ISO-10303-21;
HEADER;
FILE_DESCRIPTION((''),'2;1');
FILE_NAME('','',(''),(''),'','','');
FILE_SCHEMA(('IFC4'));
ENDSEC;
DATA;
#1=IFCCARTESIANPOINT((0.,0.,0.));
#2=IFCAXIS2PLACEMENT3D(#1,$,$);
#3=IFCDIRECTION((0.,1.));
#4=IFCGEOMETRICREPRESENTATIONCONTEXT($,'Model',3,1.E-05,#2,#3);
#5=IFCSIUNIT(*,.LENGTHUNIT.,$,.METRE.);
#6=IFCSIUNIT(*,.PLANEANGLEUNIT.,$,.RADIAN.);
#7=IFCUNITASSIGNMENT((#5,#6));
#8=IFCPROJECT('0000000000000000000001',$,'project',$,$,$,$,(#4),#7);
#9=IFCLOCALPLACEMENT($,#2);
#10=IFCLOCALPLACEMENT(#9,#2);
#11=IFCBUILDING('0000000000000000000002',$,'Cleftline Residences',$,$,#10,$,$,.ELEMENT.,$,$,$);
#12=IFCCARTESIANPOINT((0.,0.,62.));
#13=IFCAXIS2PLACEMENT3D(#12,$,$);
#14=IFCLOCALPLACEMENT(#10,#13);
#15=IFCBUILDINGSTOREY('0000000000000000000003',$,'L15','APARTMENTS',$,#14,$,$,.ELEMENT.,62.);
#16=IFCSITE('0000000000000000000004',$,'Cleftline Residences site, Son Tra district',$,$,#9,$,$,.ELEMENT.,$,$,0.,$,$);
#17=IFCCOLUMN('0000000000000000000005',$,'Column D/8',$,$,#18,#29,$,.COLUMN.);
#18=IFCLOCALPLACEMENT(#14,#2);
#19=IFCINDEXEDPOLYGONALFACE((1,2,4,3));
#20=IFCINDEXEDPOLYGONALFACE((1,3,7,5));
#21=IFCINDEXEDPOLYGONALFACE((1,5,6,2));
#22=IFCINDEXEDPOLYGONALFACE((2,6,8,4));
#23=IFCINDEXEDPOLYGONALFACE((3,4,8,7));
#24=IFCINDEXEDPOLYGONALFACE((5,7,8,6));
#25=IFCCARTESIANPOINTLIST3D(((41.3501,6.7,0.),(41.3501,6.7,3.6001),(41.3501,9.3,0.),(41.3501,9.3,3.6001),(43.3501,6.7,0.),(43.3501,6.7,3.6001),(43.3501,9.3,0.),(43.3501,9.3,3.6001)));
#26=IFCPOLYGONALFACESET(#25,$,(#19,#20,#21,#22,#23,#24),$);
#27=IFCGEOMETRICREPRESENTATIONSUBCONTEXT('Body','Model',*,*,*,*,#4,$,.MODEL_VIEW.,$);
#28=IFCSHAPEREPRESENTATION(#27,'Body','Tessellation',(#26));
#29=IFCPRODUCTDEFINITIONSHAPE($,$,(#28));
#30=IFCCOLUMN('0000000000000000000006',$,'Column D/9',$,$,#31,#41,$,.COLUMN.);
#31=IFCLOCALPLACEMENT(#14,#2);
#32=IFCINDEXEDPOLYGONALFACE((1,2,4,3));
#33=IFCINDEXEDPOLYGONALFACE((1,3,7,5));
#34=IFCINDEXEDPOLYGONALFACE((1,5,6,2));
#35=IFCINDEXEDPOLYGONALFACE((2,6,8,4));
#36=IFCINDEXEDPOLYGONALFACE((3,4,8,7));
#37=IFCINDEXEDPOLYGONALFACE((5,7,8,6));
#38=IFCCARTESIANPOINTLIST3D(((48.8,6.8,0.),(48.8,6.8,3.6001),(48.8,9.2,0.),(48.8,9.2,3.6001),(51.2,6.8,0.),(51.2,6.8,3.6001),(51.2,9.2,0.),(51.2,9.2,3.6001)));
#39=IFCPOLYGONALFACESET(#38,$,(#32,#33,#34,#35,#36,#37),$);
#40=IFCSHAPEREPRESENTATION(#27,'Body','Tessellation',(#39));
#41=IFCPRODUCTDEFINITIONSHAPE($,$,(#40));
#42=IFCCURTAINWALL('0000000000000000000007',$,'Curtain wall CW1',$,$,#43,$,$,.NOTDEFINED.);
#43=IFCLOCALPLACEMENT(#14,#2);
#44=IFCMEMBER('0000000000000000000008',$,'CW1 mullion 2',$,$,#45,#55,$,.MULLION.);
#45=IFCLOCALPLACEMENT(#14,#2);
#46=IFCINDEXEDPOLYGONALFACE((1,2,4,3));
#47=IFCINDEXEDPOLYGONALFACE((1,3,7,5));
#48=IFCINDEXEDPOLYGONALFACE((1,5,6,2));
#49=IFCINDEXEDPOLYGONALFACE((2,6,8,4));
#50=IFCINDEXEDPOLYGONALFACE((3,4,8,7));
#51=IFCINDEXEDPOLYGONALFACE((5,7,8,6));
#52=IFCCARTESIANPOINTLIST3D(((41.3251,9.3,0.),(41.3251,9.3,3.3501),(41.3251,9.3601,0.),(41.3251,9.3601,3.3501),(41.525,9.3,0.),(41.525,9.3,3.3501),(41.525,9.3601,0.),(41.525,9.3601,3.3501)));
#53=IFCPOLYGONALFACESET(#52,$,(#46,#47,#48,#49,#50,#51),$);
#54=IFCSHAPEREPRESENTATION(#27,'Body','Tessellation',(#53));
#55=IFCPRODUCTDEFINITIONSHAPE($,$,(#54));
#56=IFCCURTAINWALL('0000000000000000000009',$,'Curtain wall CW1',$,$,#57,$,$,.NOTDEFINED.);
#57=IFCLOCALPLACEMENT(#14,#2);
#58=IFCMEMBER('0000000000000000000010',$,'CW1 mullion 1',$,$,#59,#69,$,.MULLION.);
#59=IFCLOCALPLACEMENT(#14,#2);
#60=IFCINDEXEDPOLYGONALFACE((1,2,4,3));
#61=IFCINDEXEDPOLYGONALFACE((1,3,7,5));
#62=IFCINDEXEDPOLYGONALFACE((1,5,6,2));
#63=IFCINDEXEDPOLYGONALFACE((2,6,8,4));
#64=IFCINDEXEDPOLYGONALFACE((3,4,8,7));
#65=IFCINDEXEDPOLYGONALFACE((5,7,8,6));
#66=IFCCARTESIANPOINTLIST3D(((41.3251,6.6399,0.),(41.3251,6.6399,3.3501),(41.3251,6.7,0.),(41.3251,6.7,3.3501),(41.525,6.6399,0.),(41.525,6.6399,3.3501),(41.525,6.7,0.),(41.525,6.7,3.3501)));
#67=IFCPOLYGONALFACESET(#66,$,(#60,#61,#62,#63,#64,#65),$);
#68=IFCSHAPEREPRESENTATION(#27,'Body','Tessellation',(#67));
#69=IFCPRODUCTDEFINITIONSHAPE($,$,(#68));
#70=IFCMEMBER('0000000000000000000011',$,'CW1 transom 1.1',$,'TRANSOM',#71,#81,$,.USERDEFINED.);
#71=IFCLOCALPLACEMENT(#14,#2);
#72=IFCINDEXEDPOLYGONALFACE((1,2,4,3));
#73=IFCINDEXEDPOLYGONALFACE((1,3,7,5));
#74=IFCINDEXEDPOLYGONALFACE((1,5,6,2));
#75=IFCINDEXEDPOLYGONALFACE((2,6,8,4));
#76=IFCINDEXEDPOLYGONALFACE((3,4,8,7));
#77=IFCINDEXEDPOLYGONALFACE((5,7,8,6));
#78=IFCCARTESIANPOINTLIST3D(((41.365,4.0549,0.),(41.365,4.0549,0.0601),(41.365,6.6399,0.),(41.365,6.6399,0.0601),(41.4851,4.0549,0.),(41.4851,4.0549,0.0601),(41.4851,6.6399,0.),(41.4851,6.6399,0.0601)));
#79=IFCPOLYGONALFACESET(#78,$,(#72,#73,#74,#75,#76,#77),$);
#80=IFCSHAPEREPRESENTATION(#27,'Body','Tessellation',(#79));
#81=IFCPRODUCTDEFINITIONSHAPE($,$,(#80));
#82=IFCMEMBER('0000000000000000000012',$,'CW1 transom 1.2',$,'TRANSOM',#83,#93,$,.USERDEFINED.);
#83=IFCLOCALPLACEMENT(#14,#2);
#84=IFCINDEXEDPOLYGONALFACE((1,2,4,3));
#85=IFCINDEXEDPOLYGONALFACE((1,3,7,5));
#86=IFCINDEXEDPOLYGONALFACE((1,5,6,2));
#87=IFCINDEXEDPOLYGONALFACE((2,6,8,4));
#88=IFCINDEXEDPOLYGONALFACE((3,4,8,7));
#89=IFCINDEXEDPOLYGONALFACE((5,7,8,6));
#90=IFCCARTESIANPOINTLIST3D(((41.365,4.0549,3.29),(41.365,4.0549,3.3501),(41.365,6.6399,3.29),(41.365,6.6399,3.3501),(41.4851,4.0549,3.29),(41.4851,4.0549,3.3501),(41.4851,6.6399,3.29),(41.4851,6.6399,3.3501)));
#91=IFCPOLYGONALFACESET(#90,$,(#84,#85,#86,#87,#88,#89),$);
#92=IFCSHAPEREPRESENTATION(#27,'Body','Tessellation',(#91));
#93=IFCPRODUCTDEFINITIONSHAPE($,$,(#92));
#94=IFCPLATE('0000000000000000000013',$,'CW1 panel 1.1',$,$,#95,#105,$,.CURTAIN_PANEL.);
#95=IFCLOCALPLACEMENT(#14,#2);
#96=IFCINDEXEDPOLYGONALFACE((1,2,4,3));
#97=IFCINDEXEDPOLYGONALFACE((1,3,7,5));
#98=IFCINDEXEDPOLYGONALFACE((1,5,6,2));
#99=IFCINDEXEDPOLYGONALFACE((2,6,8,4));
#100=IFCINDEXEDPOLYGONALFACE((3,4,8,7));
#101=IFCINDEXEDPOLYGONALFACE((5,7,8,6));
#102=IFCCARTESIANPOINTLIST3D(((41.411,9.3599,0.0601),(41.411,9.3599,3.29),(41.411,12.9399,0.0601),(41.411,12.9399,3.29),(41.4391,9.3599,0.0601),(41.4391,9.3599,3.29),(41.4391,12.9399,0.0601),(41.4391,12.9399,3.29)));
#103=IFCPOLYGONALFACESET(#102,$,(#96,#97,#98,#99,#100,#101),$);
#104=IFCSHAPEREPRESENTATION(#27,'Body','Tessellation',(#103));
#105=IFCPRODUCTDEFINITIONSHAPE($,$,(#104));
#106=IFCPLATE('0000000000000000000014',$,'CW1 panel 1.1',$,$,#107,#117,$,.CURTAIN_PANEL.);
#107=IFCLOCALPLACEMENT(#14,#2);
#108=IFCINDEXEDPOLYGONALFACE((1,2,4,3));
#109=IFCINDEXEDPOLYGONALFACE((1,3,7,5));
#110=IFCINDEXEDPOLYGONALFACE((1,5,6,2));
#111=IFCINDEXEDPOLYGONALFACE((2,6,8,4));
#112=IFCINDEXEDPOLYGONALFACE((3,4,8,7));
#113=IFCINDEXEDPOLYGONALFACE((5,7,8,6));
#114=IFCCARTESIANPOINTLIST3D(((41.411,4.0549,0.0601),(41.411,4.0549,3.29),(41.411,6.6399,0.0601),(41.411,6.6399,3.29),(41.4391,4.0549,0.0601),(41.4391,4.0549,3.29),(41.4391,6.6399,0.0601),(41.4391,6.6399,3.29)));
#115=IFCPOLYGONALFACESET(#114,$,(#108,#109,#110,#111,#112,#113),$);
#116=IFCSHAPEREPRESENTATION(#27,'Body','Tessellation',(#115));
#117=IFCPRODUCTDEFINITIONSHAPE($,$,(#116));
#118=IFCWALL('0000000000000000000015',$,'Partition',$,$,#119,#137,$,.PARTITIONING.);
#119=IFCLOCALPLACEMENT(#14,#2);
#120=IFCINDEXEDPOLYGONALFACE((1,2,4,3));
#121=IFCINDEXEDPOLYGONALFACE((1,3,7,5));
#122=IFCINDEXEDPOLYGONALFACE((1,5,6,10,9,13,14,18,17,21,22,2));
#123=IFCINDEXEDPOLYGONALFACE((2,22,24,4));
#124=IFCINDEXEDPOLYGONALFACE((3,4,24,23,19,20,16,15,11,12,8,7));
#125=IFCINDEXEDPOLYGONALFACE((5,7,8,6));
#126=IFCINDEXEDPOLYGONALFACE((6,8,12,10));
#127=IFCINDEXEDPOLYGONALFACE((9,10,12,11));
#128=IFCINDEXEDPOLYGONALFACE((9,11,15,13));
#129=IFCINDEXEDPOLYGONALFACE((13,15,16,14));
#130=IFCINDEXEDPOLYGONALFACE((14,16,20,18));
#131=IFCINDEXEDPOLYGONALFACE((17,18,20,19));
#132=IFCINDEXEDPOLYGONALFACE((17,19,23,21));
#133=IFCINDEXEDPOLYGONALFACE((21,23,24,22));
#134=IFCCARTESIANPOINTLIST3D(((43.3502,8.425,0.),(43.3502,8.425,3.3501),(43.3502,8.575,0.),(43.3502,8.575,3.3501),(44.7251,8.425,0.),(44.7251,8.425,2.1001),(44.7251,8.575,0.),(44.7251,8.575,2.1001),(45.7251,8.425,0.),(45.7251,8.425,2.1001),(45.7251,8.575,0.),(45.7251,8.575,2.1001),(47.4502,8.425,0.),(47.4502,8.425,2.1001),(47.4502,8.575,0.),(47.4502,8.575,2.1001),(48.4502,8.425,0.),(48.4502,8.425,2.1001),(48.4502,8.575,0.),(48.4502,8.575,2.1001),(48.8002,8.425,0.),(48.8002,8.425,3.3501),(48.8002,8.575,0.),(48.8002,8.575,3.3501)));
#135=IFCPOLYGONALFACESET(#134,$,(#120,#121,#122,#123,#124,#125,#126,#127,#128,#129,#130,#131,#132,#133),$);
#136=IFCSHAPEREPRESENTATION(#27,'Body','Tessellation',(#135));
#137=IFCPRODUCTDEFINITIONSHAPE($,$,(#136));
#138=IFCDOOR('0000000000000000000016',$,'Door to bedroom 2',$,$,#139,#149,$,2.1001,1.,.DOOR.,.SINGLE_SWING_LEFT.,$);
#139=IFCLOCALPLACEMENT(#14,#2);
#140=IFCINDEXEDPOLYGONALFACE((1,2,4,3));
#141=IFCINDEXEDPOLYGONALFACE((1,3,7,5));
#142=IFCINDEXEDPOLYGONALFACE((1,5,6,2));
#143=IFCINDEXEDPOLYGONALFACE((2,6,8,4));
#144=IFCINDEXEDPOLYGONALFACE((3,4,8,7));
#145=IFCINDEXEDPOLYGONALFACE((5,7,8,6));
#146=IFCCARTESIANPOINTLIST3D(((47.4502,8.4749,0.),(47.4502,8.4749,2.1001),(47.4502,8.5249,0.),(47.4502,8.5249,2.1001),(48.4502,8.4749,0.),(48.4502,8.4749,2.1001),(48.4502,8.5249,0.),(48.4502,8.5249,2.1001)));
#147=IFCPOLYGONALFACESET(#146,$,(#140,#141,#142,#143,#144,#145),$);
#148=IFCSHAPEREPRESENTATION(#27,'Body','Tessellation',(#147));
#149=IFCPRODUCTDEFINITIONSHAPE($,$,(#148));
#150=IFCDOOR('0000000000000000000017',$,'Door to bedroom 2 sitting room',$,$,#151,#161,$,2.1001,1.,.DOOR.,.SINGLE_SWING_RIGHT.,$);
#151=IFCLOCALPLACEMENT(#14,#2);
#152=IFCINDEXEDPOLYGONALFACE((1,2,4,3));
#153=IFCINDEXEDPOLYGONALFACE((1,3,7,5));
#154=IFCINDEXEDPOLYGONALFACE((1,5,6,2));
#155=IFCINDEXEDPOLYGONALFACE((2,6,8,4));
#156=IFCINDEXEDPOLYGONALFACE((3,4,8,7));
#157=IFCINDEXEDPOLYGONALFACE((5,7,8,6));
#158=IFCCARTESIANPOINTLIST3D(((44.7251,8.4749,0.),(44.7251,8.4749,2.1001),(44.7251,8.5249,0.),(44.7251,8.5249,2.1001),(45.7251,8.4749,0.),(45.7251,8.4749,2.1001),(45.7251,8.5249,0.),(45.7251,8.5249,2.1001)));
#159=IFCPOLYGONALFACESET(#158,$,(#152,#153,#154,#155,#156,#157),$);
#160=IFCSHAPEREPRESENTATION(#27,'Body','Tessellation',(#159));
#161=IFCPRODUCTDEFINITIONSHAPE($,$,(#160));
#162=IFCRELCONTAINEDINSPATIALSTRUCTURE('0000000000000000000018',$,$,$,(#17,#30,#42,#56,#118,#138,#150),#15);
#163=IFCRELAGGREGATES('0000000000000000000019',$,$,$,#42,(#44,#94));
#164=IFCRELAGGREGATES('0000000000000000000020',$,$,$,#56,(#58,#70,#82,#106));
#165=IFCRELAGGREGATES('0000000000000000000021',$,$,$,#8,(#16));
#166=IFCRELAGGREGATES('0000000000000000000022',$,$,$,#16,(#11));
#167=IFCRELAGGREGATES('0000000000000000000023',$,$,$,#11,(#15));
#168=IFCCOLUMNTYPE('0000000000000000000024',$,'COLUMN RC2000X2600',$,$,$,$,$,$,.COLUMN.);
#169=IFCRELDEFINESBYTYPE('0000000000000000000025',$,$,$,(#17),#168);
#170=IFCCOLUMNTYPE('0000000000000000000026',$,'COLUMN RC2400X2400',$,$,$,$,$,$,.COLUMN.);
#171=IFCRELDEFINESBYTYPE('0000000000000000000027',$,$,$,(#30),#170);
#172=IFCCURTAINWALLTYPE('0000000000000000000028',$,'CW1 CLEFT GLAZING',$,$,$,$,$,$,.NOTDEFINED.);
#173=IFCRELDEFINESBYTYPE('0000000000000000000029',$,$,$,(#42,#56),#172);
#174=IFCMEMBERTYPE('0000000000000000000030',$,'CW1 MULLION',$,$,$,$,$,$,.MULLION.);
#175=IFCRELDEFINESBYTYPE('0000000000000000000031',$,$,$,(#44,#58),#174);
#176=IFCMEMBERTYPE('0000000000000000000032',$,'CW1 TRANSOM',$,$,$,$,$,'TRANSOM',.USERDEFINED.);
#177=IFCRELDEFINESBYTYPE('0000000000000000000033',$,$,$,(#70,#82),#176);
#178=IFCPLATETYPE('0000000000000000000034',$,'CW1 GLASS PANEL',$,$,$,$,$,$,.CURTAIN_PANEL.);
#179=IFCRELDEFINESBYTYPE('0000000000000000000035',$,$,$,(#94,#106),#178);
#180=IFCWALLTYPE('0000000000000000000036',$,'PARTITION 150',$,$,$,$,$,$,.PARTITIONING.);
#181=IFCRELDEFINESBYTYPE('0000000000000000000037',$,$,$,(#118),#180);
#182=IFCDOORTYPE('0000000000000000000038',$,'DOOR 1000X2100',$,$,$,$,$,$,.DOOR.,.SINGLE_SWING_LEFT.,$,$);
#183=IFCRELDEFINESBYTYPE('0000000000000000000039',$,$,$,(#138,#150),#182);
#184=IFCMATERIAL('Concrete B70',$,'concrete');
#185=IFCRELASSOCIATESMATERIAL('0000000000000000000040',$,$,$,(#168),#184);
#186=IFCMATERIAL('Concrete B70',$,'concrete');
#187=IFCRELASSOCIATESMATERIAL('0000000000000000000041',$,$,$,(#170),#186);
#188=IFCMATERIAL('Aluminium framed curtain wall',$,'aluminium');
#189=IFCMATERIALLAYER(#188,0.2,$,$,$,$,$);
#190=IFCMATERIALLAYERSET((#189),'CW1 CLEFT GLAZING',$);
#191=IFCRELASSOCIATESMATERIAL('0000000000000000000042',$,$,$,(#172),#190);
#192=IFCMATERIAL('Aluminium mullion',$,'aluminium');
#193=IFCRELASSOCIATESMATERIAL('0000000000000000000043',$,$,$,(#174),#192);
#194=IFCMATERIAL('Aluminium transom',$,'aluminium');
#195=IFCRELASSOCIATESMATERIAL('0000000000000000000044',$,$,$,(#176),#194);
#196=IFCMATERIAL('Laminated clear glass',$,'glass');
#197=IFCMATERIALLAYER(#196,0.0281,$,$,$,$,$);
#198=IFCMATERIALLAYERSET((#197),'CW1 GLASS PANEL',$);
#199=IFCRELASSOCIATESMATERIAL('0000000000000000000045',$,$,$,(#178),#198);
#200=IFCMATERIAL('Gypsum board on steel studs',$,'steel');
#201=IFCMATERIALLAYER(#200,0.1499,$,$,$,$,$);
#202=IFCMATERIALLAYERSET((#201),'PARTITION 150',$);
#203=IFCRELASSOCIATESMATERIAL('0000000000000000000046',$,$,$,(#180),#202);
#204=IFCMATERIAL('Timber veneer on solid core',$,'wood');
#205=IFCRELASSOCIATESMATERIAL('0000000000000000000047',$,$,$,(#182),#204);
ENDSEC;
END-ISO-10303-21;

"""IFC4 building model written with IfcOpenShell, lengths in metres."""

from ifc_helpers import new_model, si_unit, direction, frame, frame_2d, origin, origin_2d, place, context, subcontext, project, spatial, rectangle, extrude, material, layer, layer_set, material_profile, profile_set, type_object, element, fill, aggregate, save


model = new_model("IFC4")

# Units and contexts
model_context = context("Model", 3, precision=1e-05, world=origin(), true_north=direction((0.0, 1.0)))
body_context = subcontext(model_context, "Body", "Model", "MODEL_VIEW")
ifc_project = project(units=[si_unit("LENGTHUNIT", "METRE"), si_unit("PLANEANGLEUNIT", "RADIAN")], contexts=[model_context])

# Site, building, storey
site_placement = place(None, origin())
site = spatial("IfcSite", under=ifc_project, at=site_placement, Name="Cleftline Residences site, Son Tra district", CompositionType="ELEMENT", RefElevation=0.0)
building_placement = place(site_placement, origin())
building = spatial("IfcBuilding", under=site, at=building_placement, Name="Cleftline Residences", CompositionType="ELEMENT")
storey_placement = place(building_placement, frame((0.0, 0.0, 62.0)))
storey = spatial("IfcBuildingStorey", under=building, at=storey_placement, Name="L15", Description="APARTMENTS", CompositionType="ELEMENT", Elevation=62.0)

# Columns
ifc_material_1 = material(Name="Concrete B70", Category="concrete")
ifc_material_profile_1 = material_profile(ifc_material_1, rectangle(XDim=2.0, YDim=2.6001, at=origin_2d()))
ifc_profile_set_1 = profile_set([ifc_material_profile_1], Name="Concrete B70")
column_type_1 = type_object("IfcColumnType", Name="COLUMN RC2000X2600", PredefinedType="COLUMN", material=ifc_profile_set_1)
column_1_placement = place(storey_placement, frame((42.3501, 8.0, 0.0), z_axis=(0.0, 0.0, 1.0), x_axis=(1.0, 0.0, 0.0)))
element("IfcColumn", 1, at=column_1_placement, inside=storey, type_object=column_type_1, Name="Column D/8", PredefinedType="COLUMN", context=body_context, shape_type="SweptSolid", body=[
    extrude(rectangle(XDim=2.0, YDim=2.6001, at=origin_2d()), origin(), (0.0, 0.0, 1.0), 3.6001),
])
ifc_material_2 = material(Name="Concrete B70", Category="concrete")
ifc_material_profile_2 = material_profile(ifc_material_2, rectangle(XDim=2.3999, YDim=2.3999, at=origin_2d()))
ifc_profile_set_2 = profile_set([ifc_material_profile_2], Name="Concrete B70")
column_type_2 = type_object("IfcColumnType", Name="COLUMN RC2400X2400", PredefinedType="COLUMN", material=ifc_profile_set_2)
column_2_placement = place(storey_placement, frame((50.0, 8.0, 0.0), z_axis=(0.0, 0.0, 1.0), x_axis=(1.0, 0.0, 0.0)))
element("IfcColumn", 2, at=column_2_placement, inside=storey, type_object=column_type_2, Name="Column D/9", PredefinedType="COLUMN", context=body_context, shape_type="SweptSolid", body=[
    extrude(rectangle(XDim=2.3999, YDim=2.3999, at=origin_2d()), origin(), (0.0, 0.0, 1.0), 3.6001),
])

# Curtain wall, member
ifc_material_3 = material(Name="Aluminium framed curtain wall", Category="aluminium")
ifc_layer_1 = layer(ifc_material_3, 0.2)
ifc_layer_set_1 = layer_set([ifc_layer_1], Name="CW1 CLEFT GLAZING")
curtain_wall_type = type_object("IfcCurtainWallType", Name="CW1 CLEFT GLAZING", PredefinedType="NOTDEFINED", material=ifc_layer_set_1)
curtain_wall_1_placement = place(storey_placement, origin())
curtain_wall_1 = element("IfcCurtainWall", 3, at=curtain_wall_1_placement, inside=storey, type_object=curtain_wall_type, Name="Curtain wall CW1", PredefinedType="NOTDEFINED")
ifc_material_4 = material(Name="Aluminium mullion", Category="aluminium")
ifc_material_profile_3 = material_profile(ifc_material_4, rectangle(XDim=0.2, YDim=0.0601, at=origin_2d()))
ifc_profile_set_3 = profile_set([ifc_material_profile_3], Name="Aluminium mullion")
member_type_1 = type_object("IfcMemberType", Name="CW1 MULLION", PredefinedType="MULLION", material=ifc_profile_set_3)
member_1_placement = place(storey_placement, frame((41.425, 9.3301, 0.0), z_axis=(0.0, 0.0, 1.0), x_axis=(1.0, 0.0, 0.0)))
member_1 = element("IfcMember", 4, at=member_1_placement, type_object=member_type_1, Name="CW1 mullion 2", PredefinedType="MULLION", context=body_context, shape_type="SweptSolid", body=[
    extrude(rectangle(XDim=0.2, YDim=0.0601, at=origin_2d()), origin(), (0.0, 0.0, 1.0), 3.3501),
])

# Curtain wall, members
curtain_wall_2_placement = place(storey_placement, origin())
curtain_wall_2 = element("IfcCurtainWall", 5, at=curtain_wall_2_placement, inside=storey, type_object=curtain_wall_type, Name="Curtain wall CW1", PredefinedType="NOTDEFINED")
member_2_placement = place(storey_placement, frame((41.425, 6.6699, 0.0), z_axis=(0.0, 0.0, 1.0), x_axis=(1.0, 0.0, 0.0)))
member_2 = element("IfcMember", 6, at=member_2_placement, type_object=member_type_1, Name="CW1 mullion 1", PredefinedType="MULLION", context=body_context, shape_type="SweptSolid", body=[
    extrude(rectangle(XDim=0.2, YDim=0.0601, at=origin_2d()), origin(), (0.0, 0.0, 1.0), 3.3501),
])
ifc_material_5 = material(Name="Aluminium transom", Category="aluminium")
ifc_material_profile_4 = material_profile(ifc_material_5, rectangle(XDim=0.1201, YDim=0.0601, at=origin_2d()))
ifc_profile_set_4 = profile_set([ifc_material_profile_4], Name="Aluminium transom")
member_type_2 = type_object("IfcMemberType", Name="CW1 TRANSOM", ElementType="TRANSOM", PredefinedType="USERDEFINED", material=ifc_profile_set_4)
member_3_placement = place(storey_placement, frame((41.425, 6.6399, 0.03), z_axis=(0.0, -1.0, 0.0), x_axis=(1.0, 0.0, 0.0)))
member_3 = element("IfcMember", 7, at=member_3_placement, type_object=member_type_2, Name="CW1 transom 1.1", ObjectType="TRANSOM", PredefinedType="USERDEFINED", context=body_context, shape_type="SweptSolid", body=[
    extrude(rectangle(XDim=0.1201, YDim=0.0601, at=origin_2d()), origin(), (0.0, 0.0, 1.0), 2.585),
])
member_4_placement = place(storey_placement, frame((41.425, 6.6399, 3.3201), z_axis=(0.0, -1.0, 0.0), x_axis=(1.0, 0.0, 0.0)))
member_4 = element("IfcMember", 8, at=member_4_placement, type_object=member_type_2, Name="CW1 transom 1.2", ObjectType="TRANSOM", PredefinedType="USERDEFINED", context=body_context, shape_type="SweptSolid", body=[
    extrude(rectangle(XDim=0.1201, YDim=0.0601, at=origin_2d()), origin(), (0.0, 0.0, 1.0), 2.585),
])

# Plates
ifc_material_6 = material(Name="Laminated clear glass", Category="glass")
ifc_layer_2 = layer(ifc_material_6, 0.0281)
ifc_layer_set_2 = layer_set([ifc_layer_2], Name="CW1 GLASS PANEL")
plate_type = type_object("IfcPlateType", Name="CW1 GLASS PANEL", PredefinedType="CURTAIN_PANEL", material=ifc_layer_set_2)
plate_1_placement = place(storey_placement, frame((41.425, 11.1499, 0.0601), z_axis=(0.0, 0.0, 1.0), x_axis=(0.0, -1.0, 0.0)))
plate_1 = element("IfcPlate", 9, at=plate_1_placement, type_object=plate_type, Name="CW1 panel 1.1", PredefinedType="CURTAIN_PANEL", context=body_context, shape_type="SweptSolid", body=[
    extrude(rectangle(XDim=3.5801, YDim=0.0281, at=origin_2d()), origin(), (0.0, 0.0, 1.0), 3.23),
])
aggregate(curtain_wall_1, [member_1, plate_1])
plate_2_placement = place(storey_placement, frame((41.425, 5.3474, 0.0601), z_axis=(0.0, 0.0, 1.0), x_axis=(0.0, -1.0, 0.0)))
plate_2 = element("IfcPlate", 10, at=plate_2_placement, type_object=plate_type, Name="CW1 panel 1.1", PredefinedType="CURTAIN_PANEL", context=body_context, shape_type="SweptSolid", body=[
    extrude(rectangle(XDim=2.585, YDim=0.0281, at=origin_2d()), origin(), (0.0, 0.0, 1.0), 3.23),
])
aggregate(curtain_wall_2, [member_2, member_3, member_4, plate_2])

# Wall, openings, doors
ifc_material_7 = material(Name="Gypsum board on steel studs", Category="steel")
ifc_layer_3 = layer(ifc_material_7, 0.1499)
ifc_layer_set_3 = layer_set([ifc_layer_3], Name="PARTITION 150")
wall_type = type_object("IfcWallType", Name="PARTITION 150", PredefinedType="PARTITIONING", material=ifc_layer_set_3)
wall_1_placement = place(storey_placement, frame((43.3501, 8.5, 0.0), z_axis=(0.0, 0.0, 1.0), x_axis=(1.0, 0.0, 0.0)))
wall_1 = element("IfcWall", 11, at=wall_1_placement, inside=storey, type_object=wall_type, Name="Partition", PredefinedType="PARTITIONING", context=body_context, shape_type="SweptSolid", body=[
    extrude(rectangle(XDim=5.45, YDim=0.1499, at=frame_2d((2.7251, 0.0))), origin(), (0.0, 0.0, 1.0), 3.3501),
])
opening_1_placement = place(wall_1_placement, frame((4.1001, 0.0, 0.0)))
opening_1 = element("IfcOpeningElement", 12, at=opening_1_placement, cuts=wall_1, PredefinedType="OPENING", context=body_context, shape_type="SweptSolid", body=[
    extrude(rectangle(XDim=1.0, YDim=2.1001, at=frame_2d((0.5, 1.05))), frame((0.0, 0.085, 0.0), z_axis=(0.0, -1.0, 0.0), x_axis=(1.0, 0.0, 0.0)), (0.0, 0.0, 1.0), 0.1699),
])
opening_2_placement = place(wall_1_placement, frame((1.375, 0.0, 0.0)))
opening_2 = element("IfcOpeningElement", 13, at=opening_2_placement, cuts=wall_1, PredefinedType="OPENING", context=body_context, shape_type="SweptSolid", body=[
    extrude(rectangle(XDim=1.0, YDim=2.1001, at=frame_2d((0.5, 1.05))), frame((0.0, 0.085, 0.0), z_axis=(0.0, -1.0, 0.0), x_axis=(1.0, 0.0, 0.0)), (0.0, 0.0, 1.0), 0.1699),
])
ifc_material_8 = material(Name="Timber veneer on solid core", Category="wood")
door_type_1 = type_object("IfcDoorType", Name="DOOR 1000X2100", OperationType="SINGLE_SWING_LEFT", PredefinedType="DOOR", material=ifc_material_8)
door_1_placement = place(opening_1_placement, origin())
door_1 = element("IfcDoor", 14, at=door_1_placement, inside=storey, type_object=door_type_1, Name="Door to bedroom 2", OperationType="SINGLE_SWING_LEFT", OverallHeight=2.1001, OverallWidth=1.0, PredefinedType="DOOR", context=body_context, shape_type="SweptSolid", body=[
    extrude(rectangle(XDim=1.0, YDim=2.1001, at=frame_2d((0.5, 1.05))), frame((0.0, 0.0249, 0.0), z_axis=(0.0, -1.0, 0.0), x_axis=(1.0, 0.0, 0.0)), (0.0, 0.0, 1.0), 0.05),
])
fill(opening_1, door_1)
door_2_placement = place(opening_2_placement, origin())
door_2 = element("IfcDoor", 15, at=door_2_placement, inside=storey, type_object=door_type_1, Name="Door to bedroom 2 sitting room", OperationType="SINGLE_SWING_RIGHT", OverallHeight=2.1001, OverallWidth=1.0, PredefinedType="DOOR", context=body_context, shape_type="SweptSolid", body=[
    extrude(rectangle(XDim=1.0, YDim=2.1001, at=frame_2d((0.5, 1.05))), frame((0.0, 0.0249, 0.0), z_axis=(0.0, -1.0, 0.0), x_axis=(1.0, 0.0, 0.0)), (0.0, 0.0, 1.0), 0.05),
])
fill(opening_2, door_2)

save(model, "model.ifc")
